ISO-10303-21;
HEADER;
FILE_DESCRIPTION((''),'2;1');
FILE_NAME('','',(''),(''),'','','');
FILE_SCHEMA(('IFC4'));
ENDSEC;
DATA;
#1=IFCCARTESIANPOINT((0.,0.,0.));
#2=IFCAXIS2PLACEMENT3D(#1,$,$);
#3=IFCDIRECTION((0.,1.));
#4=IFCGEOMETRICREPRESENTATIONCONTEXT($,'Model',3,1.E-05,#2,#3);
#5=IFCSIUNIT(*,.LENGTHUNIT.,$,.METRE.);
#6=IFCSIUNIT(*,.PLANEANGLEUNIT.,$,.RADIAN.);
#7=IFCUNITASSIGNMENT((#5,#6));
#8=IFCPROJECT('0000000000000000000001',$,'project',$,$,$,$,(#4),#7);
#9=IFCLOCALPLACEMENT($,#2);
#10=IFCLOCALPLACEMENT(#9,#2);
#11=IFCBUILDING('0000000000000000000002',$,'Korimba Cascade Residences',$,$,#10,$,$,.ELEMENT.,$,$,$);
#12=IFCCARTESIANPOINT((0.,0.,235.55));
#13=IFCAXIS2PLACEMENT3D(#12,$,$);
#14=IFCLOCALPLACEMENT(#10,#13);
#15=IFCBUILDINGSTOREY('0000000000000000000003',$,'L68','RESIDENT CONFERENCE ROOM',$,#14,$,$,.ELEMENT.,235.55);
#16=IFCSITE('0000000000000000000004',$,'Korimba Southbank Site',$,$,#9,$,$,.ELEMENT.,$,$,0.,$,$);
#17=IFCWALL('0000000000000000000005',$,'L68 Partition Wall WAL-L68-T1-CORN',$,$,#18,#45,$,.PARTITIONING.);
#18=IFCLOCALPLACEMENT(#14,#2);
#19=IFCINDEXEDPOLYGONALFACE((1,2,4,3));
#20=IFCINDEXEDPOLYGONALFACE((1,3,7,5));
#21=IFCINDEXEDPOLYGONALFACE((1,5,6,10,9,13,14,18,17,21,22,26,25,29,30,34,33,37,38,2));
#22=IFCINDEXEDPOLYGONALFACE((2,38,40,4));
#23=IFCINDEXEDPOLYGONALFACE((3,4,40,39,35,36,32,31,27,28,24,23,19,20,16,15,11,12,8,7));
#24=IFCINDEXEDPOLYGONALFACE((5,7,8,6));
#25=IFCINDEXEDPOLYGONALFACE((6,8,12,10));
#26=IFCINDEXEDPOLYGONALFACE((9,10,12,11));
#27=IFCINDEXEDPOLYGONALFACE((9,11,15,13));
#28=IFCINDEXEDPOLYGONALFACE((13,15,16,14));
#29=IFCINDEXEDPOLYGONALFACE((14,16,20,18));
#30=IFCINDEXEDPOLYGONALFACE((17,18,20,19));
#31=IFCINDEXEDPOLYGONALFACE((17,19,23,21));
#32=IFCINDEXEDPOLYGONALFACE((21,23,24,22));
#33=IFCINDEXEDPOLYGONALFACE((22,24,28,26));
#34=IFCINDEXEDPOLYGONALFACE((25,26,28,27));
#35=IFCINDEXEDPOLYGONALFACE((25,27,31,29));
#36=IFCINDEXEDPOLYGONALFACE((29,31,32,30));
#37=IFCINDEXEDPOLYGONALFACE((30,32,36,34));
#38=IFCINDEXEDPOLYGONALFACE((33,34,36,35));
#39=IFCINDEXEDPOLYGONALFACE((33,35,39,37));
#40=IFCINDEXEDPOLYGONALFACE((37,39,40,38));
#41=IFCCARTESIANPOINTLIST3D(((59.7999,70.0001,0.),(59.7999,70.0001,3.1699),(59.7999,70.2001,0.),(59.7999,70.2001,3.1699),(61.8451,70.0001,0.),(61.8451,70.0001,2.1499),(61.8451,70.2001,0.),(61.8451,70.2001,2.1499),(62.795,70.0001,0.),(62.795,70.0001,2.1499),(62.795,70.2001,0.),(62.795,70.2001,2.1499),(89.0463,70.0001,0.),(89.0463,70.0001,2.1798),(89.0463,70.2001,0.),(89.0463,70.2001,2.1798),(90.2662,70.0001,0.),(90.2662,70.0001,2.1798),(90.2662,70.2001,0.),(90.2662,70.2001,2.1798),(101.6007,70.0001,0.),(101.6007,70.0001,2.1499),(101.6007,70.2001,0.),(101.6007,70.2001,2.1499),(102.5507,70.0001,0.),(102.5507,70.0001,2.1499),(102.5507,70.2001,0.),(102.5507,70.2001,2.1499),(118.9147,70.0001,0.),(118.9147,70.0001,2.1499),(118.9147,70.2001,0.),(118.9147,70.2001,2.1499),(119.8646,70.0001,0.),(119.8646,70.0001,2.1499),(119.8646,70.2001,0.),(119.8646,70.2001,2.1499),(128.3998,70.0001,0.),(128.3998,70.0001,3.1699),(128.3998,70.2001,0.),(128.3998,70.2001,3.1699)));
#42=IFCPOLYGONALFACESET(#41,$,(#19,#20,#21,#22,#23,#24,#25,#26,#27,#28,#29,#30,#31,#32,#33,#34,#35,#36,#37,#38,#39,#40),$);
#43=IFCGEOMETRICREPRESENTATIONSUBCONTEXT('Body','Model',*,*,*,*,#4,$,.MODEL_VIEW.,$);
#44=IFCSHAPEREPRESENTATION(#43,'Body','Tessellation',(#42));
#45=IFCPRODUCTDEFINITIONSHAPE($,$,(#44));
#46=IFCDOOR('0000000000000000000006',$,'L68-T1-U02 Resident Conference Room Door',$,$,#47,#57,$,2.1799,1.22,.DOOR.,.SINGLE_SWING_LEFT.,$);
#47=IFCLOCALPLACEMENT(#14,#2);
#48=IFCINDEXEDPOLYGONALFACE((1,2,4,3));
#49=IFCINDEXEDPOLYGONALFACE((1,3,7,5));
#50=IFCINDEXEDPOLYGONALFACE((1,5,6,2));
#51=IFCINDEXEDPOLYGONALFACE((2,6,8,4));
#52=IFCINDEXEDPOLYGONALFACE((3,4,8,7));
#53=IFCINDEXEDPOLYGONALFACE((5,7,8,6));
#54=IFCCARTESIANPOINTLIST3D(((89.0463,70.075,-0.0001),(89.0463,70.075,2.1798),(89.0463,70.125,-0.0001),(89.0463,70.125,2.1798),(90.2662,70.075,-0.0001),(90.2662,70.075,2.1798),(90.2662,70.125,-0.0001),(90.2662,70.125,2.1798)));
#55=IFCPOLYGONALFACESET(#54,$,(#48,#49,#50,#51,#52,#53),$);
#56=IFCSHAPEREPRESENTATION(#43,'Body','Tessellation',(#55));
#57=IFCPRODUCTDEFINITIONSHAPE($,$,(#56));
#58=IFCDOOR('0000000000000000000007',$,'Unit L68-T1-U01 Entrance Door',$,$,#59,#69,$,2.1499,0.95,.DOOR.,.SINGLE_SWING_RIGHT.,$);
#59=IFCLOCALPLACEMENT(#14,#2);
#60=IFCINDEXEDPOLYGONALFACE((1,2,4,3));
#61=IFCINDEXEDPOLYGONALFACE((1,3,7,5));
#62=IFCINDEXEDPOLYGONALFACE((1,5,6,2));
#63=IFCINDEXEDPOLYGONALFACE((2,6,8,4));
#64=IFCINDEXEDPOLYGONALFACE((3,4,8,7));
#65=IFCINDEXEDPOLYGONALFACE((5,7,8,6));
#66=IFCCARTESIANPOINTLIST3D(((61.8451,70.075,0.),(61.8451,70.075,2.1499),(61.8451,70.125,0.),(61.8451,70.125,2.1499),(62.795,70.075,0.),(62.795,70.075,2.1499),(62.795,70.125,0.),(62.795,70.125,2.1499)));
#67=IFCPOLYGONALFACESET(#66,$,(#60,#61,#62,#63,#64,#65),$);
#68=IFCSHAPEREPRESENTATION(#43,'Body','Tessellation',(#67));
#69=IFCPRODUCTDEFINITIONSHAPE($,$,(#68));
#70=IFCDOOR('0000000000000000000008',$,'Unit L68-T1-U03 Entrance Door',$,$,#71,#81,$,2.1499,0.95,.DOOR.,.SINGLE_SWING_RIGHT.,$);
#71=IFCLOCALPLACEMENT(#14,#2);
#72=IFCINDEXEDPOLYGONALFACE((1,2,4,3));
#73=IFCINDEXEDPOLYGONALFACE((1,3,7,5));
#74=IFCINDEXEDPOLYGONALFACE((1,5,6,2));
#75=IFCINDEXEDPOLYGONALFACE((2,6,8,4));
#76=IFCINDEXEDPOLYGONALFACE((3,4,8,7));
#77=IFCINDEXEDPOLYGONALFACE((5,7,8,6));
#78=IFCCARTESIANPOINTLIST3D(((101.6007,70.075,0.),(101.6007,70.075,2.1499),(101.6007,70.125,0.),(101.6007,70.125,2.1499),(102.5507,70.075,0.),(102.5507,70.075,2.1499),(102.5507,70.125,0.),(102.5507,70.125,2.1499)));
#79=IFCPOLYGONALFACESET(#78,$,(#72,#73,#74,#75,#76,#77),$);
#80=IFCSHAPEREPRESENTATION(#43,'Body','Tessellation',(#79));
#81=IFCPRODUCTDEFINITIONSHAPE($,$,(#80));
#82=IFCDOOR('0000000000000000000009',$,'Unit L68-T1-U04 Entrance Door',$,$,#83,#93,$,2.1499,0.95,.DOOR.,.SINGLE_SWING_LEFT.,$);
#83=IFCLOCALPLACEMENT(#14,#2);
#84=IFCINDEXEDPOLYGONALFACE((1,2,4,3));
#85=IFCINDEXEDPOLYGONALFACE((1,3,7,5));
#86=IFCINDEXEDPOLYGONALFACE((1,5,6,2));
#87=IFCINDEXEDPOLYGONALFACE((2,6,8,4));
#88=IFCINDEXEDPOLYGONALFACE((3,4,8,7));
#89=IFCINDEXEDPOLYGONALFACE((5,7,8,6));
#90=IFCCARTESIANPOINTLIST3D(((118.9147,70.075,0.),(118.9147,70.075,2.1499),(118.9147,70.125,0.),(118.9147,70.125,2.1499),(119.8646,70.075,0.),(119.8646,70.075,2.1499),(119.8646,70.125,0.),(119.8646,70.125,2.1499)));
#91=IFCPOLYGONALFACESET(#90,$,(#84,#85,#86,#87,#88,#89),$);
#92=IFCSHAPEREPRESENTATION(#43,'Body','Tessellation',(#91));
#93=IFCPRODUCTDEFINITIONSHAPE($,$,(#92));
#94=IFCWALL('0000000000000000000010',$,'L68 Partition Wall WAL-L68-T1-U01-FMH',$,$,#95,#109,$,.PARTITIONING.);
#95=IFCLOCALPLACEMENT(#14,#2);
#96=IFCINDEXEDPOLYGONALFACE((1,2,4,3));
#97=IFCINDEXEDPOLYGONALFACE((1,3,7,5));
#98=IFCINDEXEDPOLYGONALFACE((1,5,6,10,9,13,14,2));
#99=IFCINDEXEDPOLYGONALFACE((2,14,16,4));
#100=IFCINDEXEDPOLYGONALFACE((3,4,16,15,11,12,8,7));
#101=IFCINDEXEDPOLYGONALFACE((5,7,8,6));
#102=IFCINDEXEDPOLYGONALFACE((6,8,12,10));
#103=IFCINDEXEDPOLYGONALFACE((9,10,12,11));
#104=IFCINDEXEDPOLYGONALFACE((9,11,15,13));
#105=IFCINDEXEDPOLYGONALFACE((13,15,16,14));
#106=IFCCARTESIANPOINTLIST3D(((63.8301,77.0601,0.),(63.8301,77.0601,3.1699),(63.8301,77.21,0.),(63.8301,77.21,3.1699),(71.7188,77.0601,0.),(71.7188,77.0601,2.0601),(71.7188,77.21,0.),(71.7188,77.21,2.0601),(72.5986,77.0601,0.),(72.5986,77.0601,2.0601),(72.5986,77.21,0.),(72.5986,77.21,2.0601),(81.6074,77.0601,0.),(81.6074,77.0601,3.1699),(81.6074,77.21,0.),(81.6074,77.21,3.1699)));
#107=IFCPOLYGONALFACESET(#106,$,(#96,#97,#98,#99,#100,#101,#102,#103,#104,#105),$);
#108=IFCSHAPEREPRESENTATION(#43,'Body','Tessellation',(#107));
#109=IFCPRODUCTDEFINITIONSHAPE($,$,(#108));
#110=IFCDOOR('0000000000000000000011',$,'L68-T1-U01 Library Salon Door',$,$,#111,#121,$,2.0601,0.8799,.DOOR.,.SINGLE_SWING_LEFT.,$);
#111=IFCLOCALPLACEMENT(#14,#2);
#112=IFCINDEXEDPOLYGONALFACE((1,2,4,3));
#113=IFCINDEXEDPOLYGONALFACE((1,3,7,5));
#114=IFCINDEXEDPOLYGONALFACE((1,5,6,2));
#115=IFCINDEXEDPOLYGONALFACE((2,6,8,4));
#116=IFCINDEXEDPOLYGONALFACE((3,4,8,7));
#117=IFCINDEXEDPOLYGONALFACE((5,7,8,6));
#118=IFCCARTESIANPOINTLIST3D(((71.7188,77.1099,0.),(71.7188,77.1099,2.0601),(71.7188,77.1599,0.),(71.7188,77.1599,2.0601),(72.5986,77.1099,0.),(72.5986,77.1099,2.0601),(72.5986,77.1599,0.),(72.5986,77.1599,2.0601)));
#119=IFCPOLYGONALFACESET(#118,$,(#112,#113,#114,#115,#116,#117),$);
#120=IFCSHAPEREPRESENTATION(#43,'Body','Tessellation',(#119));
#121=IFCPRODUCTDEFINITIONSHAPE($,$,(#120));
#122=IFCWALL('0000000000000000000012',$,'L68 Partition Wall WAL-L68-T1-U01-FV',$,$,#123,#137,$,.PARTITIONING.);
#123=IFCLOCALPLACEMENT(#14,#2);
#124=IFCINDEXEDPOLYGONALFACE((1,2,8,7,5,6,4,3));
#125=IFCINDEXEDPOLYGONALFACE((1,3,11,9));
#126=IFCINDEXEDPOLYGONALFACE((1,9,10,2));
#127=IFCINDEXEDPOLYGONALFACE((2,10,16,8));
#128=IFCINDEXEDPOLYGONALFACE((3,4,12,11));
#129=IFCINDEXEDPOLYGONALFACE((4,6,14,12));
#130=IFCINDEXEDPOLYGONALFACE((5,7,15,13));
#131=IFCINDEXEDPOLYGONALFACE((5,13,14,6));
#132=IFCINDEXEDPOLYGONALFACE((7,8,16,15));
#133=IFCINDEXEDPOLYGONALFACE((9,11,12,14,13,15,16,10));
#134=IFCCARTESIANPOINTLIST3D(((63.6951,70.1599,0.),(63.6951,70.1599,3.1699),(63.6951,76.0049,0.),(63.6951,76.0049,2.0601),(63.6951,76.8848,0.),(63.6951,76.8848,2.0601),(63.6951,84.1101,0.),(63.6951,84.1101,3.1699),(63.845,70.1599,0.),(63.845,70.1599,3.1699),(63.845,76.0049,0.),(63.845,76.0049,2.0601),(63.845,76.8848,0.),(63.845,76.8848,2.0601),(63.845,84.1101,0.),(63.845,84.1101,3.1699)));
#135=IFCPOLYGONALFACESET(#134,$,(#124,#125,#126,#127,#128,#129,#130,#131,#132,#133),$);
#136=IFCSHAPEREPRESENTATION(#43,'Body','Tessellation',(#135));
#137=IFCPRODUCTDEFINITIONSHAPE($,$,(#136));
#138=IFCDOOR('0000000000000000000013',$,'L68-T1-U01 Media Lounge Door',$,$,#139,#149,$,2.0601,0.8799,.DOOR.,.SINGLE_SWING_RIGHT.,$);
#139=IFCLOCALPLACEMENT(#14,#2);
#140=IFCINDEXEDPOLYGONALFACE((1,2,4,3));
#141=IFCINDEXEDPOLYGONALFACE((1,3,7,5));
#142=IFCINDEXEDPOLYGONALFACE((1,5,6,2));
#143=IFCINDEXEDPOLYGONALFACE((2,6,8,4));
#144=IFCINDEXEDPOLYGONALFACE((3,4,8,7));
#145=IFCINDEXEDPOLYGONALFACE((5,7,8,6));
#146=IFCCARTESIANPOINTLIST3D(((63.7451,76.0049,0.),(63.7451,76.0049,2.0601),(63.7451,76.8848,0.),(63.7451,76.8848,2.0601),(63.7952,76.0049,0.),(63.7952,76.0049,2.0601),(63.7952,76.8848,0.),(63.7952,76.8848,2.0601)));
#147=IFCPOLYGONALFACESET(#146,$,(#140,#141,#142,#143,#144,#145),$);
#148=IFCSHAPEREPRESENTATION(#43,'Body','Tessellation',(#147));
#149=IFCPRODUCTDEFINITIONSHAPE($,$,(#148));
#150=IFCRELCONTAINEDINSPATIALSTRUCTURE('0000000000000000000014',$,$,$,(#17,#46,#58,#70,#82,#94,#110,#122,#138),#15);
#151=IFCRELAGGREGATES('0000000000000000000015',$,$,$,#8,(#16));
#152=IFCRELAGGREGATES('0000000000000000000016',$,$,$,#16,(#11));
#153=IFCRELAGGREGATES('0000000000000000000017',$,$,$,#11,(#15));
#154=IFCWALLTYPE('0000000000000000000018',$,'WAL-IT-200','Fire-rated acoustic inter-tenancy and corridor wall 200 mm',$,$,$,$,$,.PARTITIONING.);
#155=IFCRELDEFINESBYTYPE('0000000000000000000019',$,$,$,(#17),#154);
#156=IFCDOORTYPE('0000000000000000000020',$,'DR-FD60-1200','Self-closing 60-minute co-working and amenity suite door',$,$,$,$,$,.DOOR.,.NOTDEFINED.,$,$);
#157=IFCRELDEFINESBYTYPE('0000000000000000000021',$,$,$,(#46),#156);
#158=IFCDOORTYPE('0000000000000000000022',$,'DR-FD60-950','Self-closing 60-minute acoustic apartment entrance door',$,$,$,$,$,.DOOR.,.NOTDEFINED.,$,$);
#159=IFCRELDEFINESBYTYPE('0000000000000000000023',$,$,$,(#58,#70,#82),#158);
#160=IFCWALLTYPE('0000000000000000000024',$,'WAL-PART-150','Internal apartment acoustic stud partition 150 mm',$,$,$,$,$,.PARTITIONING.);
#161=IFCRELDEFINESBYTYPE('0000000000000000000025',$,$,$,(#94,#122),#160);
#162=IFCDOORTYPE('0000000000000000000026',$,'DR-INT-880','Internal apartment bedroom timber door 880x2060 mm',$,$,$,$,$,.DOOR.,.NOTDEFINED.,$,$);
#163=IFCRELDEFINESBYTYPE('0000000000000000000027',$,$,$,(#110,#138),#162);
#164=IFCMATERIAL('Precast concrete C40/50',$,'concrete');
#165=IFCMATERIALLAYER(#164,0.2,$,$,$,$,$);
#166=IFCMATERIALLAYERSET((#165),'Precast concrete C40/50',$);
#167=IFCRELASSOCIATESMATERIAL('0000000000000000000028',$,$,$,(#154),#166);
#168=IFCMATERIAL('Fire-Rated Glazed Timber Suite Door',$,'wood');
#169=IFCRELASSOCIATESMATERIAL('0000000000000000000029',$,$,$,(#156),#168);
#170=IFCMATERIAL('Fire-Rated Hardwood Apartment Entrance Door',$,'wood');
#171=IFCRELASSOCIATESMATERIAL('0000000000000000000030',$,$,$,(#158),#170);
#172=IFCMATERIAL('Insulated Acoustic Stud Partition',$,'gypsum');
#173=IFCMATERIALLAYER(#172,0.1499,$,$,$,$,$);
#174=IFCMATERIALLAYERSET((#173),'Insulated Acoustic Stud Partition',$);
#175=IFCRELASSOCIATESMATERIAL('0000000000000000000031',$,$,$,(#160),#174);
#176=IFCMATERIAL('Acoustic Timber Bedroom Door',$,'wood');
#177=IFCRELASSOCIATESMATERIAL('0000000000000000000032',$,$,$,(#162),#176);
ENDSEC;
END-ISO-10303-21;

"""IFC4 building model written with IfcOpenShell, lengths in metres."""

from ifc_helpers import new_model, si_unit, direction, frame, frame_2d, origin, place, context, subcontext, project, spatial, rectangle, extrude, material, layer, layer_set, type_object, element, fill, save


model = new_model("IFC4")

# Units and contexts
model_context = context("Model", 3, precision=1e-05, world=origin(), true_north=direction((0.0, 1.0)))
body_context = subcontext(model_context, "Body", "Model", "MODEL_VIEW")
ifc_project = project(units=[si_unit("LENGTHUNIT", "METRE"), si_unit("PLANEANGLEUNIT", "RADIAN")], contexts=[model_context])

# Site, building, storey
site_placement = place(None, origin())
site = spatial("IfcSite", under=ifc_project, at=site_placement, Name="Korimba Southbank Site", CompositionType="ELEMENT", RefElevation=0.0)
building_placement = place(site_placement, origin())
building = spatial("IfcBuilding", under=site, at=building_placement, Name="Korimba Cascade Residences", CompositionType="ELEMENT")
storey_placement = place(building_placement, frame((0.0, 0.0, 235.55)))
storey = spatial("IfcBuildingStorey", under=building, at=storey_placement, Name="L68", Description="RESIDENT CONFERENCE ROOM", CompositionType="ELEMENT", Elevation=235.55)

# Shared definitions
ifc_material_1 = material(Name="Precast concrete C40/50", Category="concrete")
ifc_layer_1 = layer(ifc_material_1, 0.2)
ifc_layer_set_1 = layer_set([ifc_layer_1], Name="Precast concrete C40/50")
wall_type_1 = type_object("IfcWallType", Name="WAL-IT-200", Description="Fire-rated acoustic inter-tenancy and corridor wall 200 mm", PredefinedType="PARTITIONING", material=ifc_layer_set_1)

# Wall, openings, doors
wall_1_placement = place(storey_placement, frame((59.8, 70.1001, 0.0), z_axis=(0.0, 0.0, 1.0), x_axis=(1.0, 0.0, 0.0)))
wall_1 = element("IfcWall", 1, at=wall_1_placement, inside=storey, type_object=wall_type_1, Name="L68 Partition Wall WAL-L68-T1-CORN", PredefinedType="PARTITIONING", context=body_context, shape_type="SweptSolid", body=[
    extrude(rectangle(XDim=68.5999, YDim=0.2, at=frame_2d((34.2998, 0.0))), origin(), (0.0, 0.0, 1.0), 3.1699),
])
opening_1_placement = place(wall_1_placement, frame((2.0449, 0.0, 0.0)))
opening_1 = element("IfcOpeningElement", 2, at=opening_1_placement, cuts=wall_1, PredefinedType="OPENING", context=body_context, shape_type="SweptSolid", body=[
    extrude(rectangle(XDim=0.95, YDim=2.1499, at=frame_2d((0.4751, 1.075))), frame((0.0, 0.1099, 0.0), z_axis=(0.0, -1.0, 0.0), x_axis=(1.0, 0.0, 0.0)), (0.0, 0.0, 1.0), 0.22),
])
opening_2_placement = place(wall_1_placement, frame((29.2463, 0.0, 0.0)))
opening_2 = element("IfcOpeningElement", 3, at=opening_2_placement, cuts=wall_1, PredefinedType="OPENING", context=body_context, shape_type="SweptSolid", body=[
    extrude(rectangle(XDim=1.22, YDim=2.1799, at=frame_2d((0.6099, 1.0898))), frame((0.0, 0.1099, 0.0), z_axis=(0.0, -1.0, 0.0), x_axis=(1.0, 0.0, 0.0)), (0.0, 0.0, 1.0), 0.22),
])
opening_3_placement = place(wall_1_placement, frame((41.8005, 0.0, 0.0)))
opening_3 = element("IfcOpeningElement", 4, at=opening_3_placement, cuts=wall_1, PredefinedType="OPENING", context=body_context, shape_type="SweptSolid", body=[
    extrude(rectangle(XDim=0.95, YDim=2.1499, at=frame_2d((0.4751, 1.075))), frame((0.0, 0.1099, 0.0), z_axis=(0.0, -1.0, 0.0), x_axis=(1.0, 0.0, 0.0)), (0.0, 0.0, 1.0), 0.22),
])
opening_4_placement = place(wall_1_placement, frame((59.1145, 0.0, 0.0)))
opening_4 = element("IfcOpeningElement", 5, at=opening_4_placement, cuts=wall_1, PredefinedType="OPENING", context=body_context, shape_type="SweptSolid", body=[
    extrude(rectangle(XDim=0.95, YDim=2.1499, at=frame_2d((0.4751, 1.075))), frame((0.0, 0.1099, 0.0), z_axis=(0.0, -1.0, 0.0), x_axis=(1.0, 0.0, 0.0)), (0.0, 0.0, 1.0), 0.22),
])
ifc_material_2 = material(Name="Fire-Rated Glazed Timber Suite Door", Category="wood")
door_type_1 = type_object("IfcDoorType", Name="DR-FD60-1200", Description="Self-closing 60-minute co-working and amenity suite door", OperationType="NOTDEFINED", PredefinedType="DOOR", material=ifc_material_2)
door_1_placement = place(opening_2_placement, origin())
door_1 = element("IfcDoor", 6, at=door_1_placement, inside=storey, type_object=door_type_1, Name="L68-T1-U02 Resident Conference Room Door", OperationType="SINGLE_SWING_LEFT", OverallHeight=2.1799, OverallWidth=1.22, PredefinedType="DOOR", context=body_context, shape_type="SweptSolid", body=[
    extrude(rectangle(XDim=1.22, YDim=2.1799, at=frame_2d((0.6099, 1.0898))), frame((0.0, 0.0249, 0.0), z_axis=(0.0, -1.0, 0.0), x_axis=(1.0, 0.0, 0.0)), (0.0, 0.0, 1.0), 0.05),
])
fill(opening_2, door_1)
ifc_material_3 = material(Name="Fire-Rated Hardwood Apartment Entrance Door", Category="wood")
door_type_2 = type_object("IfcDoorType", Name="DR-FD60-950", Description="Self-closing 60-minute acoustic apartment entrance door", OperationType="NOTDEFINED", PredefinedType="DOOR", material=ifc_material_3)
door_2_placement = place(opening_1_placement, origin())
door_2 = element("IfcDoor", 7, at=door_2_placement, inside=storey, type_object=door_type_2, Name="Unit L68-T1-U01 Entrance Door", OperationType="SINGLE_SWING_RIGHT", OverallHeight=2.1499, OverallWidth=0.95, PredefinedType="DOOR", context=body_context, shape_type="SweptSolid", body=[
    extrude(rectangle(XDim=0.95, YDim=2.1499, at=frame_2d((0.4751, 1.075))), frame((0.0, 0.0249, 0.0), z_axis=(0.0, -1.0, 0.0), x_axis=(1.0, 0.0, 0.0)), (0.0, 0.0, 1.0), 0.05),
])
fill(opening_1, door_2)
door_3_placement = place(opening_3_placement, origin())
door_3 = element("IfcDoor", 8, at=door_3_placement, inside=storey, type_object=door_type_2, Name="Unit L68-T1-U03 Entrance Door", OperationType="SINGLE_SWING_RIGHT", OverallHeight=2.1499, OverallWidth=0.95, PredefinedType="DOOR", context=body_context, shape_type="SweptSolid", body=[
    extrude(rectangle(XDim=0.95, YDim=2.1499, at=frame_2d((0.4751, 1.075))), frame((0.0, 0.0249, 0.0), z_axis=(0.0, -1.0, 0.0), x_axis=(1.0, 0.0, 0.0)), (0.0, 0.0, 1.0), 0.05),
])
fill(opening_3, door_3)
door_4_placement = place(opening_4_placement, origin())
door_4 = element("IfcDoor", 9, at=door_4_placement, inside=storey, type_object=door_type_2, Name="Unit L68-T1-U04 Entrance Door", OperationType="SINGLE_SWING_LEFT", OverallHeight=2.1499, OverallWidth=0.95, PredefinedType="DOOR", context=body_context, shape_type="SweptSolid", body=[
    extrude(rectangle(XDim=0.95, YDim=2.1499, at=frame_2d((0.4751, 1.075))), frame((0.0, 0.0249, 0.0), z_axis=(0.0, -1.0, 0.0), x_axis=(1.0, 0.0, 0.0)), (0.0, 0.0, 1.0), 0.05),
])
fill(opening_4, door_4)

# Walls, openings, doors
ifc_material_4 = material(Name="Insulated Acoustic Stud Partition", Category="gypsum")
ifc_layer_2 = layer(ifc_material_4, 0.1499)
ifc_layer_set_2 = layer_set([ifc_layer_2], Name="Insulated Acoustic Stud Partition")
wall_type_2 = type_object("IfcWallType", Name="WAL-PART-150", Description="Internal apartment acoustic stud partition 150 mm", PredefinedType="PARTITIONING", material=ifc_layer_set_2)
wall_2_placement = place(storey_placement, frame((63.8301, 77.135, 0.0), z_axis=(0.0, 0.0, 1.0), x_axis=(1.0, 0.0, 0.0)))
wall_2 = element("IfcWall", 10, at=wall_2_placement, inside=storey, type_object=wall_type_2, Name="L68 Partition Wall WAL-L68-T1-U01-FMH", PredefinedType="PARTITIONING", context=body_context, shape_type="SweptSolid", body=[
    extrude(rectangle(XDim=17.7773, YDim=0.1499, at=frame_2d((8.8887, 0.0))), origin(), (0.0, 0.0, 1.0), 3.1699),
])
opening_5_placement = place(wall_2_placement, frame((7.8887, 0.0, 0.0)))
opening_5 = element("IfcOpeningElement", 11, at=opening_5_placement, cuts=wall_2, PredefinedType="OPENING", context=body_context, shape_type="SweptSolid", body=[
    extrude(rectangle(XDim=0.8799, YDim=2.0601, at=frame_2d((0.4399, 1.03))), frame((0.0, 0.085, 0.0), z_axis=(0.0, -1.0, 0.0), x_axis=(1.0, 0.0, 0.0)), (0.0, 0.0, 1.0), 0.1699),
])
ifc_material_5 = material(Name="Acoustic Timber Bedroom Door", Category="wood")
door_type_3 = type_object("IfcDoorType", Name="DR-INT-880", Description="Internal apartment bedroom timber door 880x2060 mm", OperationType="NOTDEFINED", PredefinedType="DOOR", material=ifc_material_5)
door_5_placement = place(opening_5_placement, origin())
door_5 = element("IfcDoor", 12, at=door_5_placement, inside=storey, type_object=door_type_3, Name="L68-T1-U01 Library Salon Door", OperationType="SINGLE_SWING_LEFT", OverallHeight=2.0601, OverallWidth=0.8799, PredefinedType="DOOR", context=body_context, shape_type="SweptSolid", body=[
    extrude(rectangle(XDim=0.8799, YDim=2.0601, at=frame_2d((0.4399, 1.03))), frame((0.0, 0.0249, 0.0), z_axis=(0.0, -1.0, 0.0), x_axis=(1.0, 0.0, 0.0)), (0.0, 0.0, 1.0), 0.05),
])
fill(opening_5, door_5)
wall_3_placement = place(storey_placement, frame((63.77, 70.1599, 0.0), z_axis=(0.0, 0.0, 1.0), x_axis=(0.0, 1.0, 0.0)))
wall_3 = element("IfcWall", 13, at=wall_3_placement, inside=storey, type_object=wall_type_2, Name="L68 Partition Wall WAL-L68-T1-U01-FV", PredefinedType="PARTITIONING", context=body_context, shape_type="SweptSolid", body=[
    extrude(rectangle(XDim=13.9502, YDim=0.1499, at=frame_2d((6.9751, 0.0))), origin(), (0.0, 0.0, 1.0), 3.1699),
])
opening_6_placement = place(wall_3_placement, frame((5.845, 0.0, 0.0)))
opening_6 = element("IfcOpeningElement", 14, at=opening_6_placement, cuts=wall_3, PredefinedType="OPENING", context=body_context, shape_type="SweptSolid", body=[
    extrude(rectangle(XDim=0.8799, YDim=2.0601, at=frame_2d((0.4399, 1.03))), frame((0.0, 0.085, 0.0), z_axis=(0.0, -1.0, 0.0), x_axis=(1.0, 0.0, 0.0)), (0.0, 0.0, 1.0), 0.1699),
])
door_6_placement = place(opening_6_placement, origin())
door_6 = element("IfcDoor", 15, at=door_6_placement, inside=storey, type_object=door_type_3, Name="L68-T1-U01 Media Lounge Door", OperationType="SINGLE_SWING_RIGHT", OverallHeight=2.0601, OverallWidth=0.8799, PredefinedType="DOOR", context=body_context, shape_type="SweptSolid", body=[
    extrude(rectangle(XDim=0.8799, YDim=2.0601, at=frame_2d((0.4399, 1.03))), frame((0.0, 0.0249, 0.0), z_axis=(0.0, -1.0, 0.0), x_axis=(1.0, 0.0, 0.0)), (0.0, 0.0, 1.0), 0.05),
])
fill(opening_6, door_6)

save(model, "model.ifc")
